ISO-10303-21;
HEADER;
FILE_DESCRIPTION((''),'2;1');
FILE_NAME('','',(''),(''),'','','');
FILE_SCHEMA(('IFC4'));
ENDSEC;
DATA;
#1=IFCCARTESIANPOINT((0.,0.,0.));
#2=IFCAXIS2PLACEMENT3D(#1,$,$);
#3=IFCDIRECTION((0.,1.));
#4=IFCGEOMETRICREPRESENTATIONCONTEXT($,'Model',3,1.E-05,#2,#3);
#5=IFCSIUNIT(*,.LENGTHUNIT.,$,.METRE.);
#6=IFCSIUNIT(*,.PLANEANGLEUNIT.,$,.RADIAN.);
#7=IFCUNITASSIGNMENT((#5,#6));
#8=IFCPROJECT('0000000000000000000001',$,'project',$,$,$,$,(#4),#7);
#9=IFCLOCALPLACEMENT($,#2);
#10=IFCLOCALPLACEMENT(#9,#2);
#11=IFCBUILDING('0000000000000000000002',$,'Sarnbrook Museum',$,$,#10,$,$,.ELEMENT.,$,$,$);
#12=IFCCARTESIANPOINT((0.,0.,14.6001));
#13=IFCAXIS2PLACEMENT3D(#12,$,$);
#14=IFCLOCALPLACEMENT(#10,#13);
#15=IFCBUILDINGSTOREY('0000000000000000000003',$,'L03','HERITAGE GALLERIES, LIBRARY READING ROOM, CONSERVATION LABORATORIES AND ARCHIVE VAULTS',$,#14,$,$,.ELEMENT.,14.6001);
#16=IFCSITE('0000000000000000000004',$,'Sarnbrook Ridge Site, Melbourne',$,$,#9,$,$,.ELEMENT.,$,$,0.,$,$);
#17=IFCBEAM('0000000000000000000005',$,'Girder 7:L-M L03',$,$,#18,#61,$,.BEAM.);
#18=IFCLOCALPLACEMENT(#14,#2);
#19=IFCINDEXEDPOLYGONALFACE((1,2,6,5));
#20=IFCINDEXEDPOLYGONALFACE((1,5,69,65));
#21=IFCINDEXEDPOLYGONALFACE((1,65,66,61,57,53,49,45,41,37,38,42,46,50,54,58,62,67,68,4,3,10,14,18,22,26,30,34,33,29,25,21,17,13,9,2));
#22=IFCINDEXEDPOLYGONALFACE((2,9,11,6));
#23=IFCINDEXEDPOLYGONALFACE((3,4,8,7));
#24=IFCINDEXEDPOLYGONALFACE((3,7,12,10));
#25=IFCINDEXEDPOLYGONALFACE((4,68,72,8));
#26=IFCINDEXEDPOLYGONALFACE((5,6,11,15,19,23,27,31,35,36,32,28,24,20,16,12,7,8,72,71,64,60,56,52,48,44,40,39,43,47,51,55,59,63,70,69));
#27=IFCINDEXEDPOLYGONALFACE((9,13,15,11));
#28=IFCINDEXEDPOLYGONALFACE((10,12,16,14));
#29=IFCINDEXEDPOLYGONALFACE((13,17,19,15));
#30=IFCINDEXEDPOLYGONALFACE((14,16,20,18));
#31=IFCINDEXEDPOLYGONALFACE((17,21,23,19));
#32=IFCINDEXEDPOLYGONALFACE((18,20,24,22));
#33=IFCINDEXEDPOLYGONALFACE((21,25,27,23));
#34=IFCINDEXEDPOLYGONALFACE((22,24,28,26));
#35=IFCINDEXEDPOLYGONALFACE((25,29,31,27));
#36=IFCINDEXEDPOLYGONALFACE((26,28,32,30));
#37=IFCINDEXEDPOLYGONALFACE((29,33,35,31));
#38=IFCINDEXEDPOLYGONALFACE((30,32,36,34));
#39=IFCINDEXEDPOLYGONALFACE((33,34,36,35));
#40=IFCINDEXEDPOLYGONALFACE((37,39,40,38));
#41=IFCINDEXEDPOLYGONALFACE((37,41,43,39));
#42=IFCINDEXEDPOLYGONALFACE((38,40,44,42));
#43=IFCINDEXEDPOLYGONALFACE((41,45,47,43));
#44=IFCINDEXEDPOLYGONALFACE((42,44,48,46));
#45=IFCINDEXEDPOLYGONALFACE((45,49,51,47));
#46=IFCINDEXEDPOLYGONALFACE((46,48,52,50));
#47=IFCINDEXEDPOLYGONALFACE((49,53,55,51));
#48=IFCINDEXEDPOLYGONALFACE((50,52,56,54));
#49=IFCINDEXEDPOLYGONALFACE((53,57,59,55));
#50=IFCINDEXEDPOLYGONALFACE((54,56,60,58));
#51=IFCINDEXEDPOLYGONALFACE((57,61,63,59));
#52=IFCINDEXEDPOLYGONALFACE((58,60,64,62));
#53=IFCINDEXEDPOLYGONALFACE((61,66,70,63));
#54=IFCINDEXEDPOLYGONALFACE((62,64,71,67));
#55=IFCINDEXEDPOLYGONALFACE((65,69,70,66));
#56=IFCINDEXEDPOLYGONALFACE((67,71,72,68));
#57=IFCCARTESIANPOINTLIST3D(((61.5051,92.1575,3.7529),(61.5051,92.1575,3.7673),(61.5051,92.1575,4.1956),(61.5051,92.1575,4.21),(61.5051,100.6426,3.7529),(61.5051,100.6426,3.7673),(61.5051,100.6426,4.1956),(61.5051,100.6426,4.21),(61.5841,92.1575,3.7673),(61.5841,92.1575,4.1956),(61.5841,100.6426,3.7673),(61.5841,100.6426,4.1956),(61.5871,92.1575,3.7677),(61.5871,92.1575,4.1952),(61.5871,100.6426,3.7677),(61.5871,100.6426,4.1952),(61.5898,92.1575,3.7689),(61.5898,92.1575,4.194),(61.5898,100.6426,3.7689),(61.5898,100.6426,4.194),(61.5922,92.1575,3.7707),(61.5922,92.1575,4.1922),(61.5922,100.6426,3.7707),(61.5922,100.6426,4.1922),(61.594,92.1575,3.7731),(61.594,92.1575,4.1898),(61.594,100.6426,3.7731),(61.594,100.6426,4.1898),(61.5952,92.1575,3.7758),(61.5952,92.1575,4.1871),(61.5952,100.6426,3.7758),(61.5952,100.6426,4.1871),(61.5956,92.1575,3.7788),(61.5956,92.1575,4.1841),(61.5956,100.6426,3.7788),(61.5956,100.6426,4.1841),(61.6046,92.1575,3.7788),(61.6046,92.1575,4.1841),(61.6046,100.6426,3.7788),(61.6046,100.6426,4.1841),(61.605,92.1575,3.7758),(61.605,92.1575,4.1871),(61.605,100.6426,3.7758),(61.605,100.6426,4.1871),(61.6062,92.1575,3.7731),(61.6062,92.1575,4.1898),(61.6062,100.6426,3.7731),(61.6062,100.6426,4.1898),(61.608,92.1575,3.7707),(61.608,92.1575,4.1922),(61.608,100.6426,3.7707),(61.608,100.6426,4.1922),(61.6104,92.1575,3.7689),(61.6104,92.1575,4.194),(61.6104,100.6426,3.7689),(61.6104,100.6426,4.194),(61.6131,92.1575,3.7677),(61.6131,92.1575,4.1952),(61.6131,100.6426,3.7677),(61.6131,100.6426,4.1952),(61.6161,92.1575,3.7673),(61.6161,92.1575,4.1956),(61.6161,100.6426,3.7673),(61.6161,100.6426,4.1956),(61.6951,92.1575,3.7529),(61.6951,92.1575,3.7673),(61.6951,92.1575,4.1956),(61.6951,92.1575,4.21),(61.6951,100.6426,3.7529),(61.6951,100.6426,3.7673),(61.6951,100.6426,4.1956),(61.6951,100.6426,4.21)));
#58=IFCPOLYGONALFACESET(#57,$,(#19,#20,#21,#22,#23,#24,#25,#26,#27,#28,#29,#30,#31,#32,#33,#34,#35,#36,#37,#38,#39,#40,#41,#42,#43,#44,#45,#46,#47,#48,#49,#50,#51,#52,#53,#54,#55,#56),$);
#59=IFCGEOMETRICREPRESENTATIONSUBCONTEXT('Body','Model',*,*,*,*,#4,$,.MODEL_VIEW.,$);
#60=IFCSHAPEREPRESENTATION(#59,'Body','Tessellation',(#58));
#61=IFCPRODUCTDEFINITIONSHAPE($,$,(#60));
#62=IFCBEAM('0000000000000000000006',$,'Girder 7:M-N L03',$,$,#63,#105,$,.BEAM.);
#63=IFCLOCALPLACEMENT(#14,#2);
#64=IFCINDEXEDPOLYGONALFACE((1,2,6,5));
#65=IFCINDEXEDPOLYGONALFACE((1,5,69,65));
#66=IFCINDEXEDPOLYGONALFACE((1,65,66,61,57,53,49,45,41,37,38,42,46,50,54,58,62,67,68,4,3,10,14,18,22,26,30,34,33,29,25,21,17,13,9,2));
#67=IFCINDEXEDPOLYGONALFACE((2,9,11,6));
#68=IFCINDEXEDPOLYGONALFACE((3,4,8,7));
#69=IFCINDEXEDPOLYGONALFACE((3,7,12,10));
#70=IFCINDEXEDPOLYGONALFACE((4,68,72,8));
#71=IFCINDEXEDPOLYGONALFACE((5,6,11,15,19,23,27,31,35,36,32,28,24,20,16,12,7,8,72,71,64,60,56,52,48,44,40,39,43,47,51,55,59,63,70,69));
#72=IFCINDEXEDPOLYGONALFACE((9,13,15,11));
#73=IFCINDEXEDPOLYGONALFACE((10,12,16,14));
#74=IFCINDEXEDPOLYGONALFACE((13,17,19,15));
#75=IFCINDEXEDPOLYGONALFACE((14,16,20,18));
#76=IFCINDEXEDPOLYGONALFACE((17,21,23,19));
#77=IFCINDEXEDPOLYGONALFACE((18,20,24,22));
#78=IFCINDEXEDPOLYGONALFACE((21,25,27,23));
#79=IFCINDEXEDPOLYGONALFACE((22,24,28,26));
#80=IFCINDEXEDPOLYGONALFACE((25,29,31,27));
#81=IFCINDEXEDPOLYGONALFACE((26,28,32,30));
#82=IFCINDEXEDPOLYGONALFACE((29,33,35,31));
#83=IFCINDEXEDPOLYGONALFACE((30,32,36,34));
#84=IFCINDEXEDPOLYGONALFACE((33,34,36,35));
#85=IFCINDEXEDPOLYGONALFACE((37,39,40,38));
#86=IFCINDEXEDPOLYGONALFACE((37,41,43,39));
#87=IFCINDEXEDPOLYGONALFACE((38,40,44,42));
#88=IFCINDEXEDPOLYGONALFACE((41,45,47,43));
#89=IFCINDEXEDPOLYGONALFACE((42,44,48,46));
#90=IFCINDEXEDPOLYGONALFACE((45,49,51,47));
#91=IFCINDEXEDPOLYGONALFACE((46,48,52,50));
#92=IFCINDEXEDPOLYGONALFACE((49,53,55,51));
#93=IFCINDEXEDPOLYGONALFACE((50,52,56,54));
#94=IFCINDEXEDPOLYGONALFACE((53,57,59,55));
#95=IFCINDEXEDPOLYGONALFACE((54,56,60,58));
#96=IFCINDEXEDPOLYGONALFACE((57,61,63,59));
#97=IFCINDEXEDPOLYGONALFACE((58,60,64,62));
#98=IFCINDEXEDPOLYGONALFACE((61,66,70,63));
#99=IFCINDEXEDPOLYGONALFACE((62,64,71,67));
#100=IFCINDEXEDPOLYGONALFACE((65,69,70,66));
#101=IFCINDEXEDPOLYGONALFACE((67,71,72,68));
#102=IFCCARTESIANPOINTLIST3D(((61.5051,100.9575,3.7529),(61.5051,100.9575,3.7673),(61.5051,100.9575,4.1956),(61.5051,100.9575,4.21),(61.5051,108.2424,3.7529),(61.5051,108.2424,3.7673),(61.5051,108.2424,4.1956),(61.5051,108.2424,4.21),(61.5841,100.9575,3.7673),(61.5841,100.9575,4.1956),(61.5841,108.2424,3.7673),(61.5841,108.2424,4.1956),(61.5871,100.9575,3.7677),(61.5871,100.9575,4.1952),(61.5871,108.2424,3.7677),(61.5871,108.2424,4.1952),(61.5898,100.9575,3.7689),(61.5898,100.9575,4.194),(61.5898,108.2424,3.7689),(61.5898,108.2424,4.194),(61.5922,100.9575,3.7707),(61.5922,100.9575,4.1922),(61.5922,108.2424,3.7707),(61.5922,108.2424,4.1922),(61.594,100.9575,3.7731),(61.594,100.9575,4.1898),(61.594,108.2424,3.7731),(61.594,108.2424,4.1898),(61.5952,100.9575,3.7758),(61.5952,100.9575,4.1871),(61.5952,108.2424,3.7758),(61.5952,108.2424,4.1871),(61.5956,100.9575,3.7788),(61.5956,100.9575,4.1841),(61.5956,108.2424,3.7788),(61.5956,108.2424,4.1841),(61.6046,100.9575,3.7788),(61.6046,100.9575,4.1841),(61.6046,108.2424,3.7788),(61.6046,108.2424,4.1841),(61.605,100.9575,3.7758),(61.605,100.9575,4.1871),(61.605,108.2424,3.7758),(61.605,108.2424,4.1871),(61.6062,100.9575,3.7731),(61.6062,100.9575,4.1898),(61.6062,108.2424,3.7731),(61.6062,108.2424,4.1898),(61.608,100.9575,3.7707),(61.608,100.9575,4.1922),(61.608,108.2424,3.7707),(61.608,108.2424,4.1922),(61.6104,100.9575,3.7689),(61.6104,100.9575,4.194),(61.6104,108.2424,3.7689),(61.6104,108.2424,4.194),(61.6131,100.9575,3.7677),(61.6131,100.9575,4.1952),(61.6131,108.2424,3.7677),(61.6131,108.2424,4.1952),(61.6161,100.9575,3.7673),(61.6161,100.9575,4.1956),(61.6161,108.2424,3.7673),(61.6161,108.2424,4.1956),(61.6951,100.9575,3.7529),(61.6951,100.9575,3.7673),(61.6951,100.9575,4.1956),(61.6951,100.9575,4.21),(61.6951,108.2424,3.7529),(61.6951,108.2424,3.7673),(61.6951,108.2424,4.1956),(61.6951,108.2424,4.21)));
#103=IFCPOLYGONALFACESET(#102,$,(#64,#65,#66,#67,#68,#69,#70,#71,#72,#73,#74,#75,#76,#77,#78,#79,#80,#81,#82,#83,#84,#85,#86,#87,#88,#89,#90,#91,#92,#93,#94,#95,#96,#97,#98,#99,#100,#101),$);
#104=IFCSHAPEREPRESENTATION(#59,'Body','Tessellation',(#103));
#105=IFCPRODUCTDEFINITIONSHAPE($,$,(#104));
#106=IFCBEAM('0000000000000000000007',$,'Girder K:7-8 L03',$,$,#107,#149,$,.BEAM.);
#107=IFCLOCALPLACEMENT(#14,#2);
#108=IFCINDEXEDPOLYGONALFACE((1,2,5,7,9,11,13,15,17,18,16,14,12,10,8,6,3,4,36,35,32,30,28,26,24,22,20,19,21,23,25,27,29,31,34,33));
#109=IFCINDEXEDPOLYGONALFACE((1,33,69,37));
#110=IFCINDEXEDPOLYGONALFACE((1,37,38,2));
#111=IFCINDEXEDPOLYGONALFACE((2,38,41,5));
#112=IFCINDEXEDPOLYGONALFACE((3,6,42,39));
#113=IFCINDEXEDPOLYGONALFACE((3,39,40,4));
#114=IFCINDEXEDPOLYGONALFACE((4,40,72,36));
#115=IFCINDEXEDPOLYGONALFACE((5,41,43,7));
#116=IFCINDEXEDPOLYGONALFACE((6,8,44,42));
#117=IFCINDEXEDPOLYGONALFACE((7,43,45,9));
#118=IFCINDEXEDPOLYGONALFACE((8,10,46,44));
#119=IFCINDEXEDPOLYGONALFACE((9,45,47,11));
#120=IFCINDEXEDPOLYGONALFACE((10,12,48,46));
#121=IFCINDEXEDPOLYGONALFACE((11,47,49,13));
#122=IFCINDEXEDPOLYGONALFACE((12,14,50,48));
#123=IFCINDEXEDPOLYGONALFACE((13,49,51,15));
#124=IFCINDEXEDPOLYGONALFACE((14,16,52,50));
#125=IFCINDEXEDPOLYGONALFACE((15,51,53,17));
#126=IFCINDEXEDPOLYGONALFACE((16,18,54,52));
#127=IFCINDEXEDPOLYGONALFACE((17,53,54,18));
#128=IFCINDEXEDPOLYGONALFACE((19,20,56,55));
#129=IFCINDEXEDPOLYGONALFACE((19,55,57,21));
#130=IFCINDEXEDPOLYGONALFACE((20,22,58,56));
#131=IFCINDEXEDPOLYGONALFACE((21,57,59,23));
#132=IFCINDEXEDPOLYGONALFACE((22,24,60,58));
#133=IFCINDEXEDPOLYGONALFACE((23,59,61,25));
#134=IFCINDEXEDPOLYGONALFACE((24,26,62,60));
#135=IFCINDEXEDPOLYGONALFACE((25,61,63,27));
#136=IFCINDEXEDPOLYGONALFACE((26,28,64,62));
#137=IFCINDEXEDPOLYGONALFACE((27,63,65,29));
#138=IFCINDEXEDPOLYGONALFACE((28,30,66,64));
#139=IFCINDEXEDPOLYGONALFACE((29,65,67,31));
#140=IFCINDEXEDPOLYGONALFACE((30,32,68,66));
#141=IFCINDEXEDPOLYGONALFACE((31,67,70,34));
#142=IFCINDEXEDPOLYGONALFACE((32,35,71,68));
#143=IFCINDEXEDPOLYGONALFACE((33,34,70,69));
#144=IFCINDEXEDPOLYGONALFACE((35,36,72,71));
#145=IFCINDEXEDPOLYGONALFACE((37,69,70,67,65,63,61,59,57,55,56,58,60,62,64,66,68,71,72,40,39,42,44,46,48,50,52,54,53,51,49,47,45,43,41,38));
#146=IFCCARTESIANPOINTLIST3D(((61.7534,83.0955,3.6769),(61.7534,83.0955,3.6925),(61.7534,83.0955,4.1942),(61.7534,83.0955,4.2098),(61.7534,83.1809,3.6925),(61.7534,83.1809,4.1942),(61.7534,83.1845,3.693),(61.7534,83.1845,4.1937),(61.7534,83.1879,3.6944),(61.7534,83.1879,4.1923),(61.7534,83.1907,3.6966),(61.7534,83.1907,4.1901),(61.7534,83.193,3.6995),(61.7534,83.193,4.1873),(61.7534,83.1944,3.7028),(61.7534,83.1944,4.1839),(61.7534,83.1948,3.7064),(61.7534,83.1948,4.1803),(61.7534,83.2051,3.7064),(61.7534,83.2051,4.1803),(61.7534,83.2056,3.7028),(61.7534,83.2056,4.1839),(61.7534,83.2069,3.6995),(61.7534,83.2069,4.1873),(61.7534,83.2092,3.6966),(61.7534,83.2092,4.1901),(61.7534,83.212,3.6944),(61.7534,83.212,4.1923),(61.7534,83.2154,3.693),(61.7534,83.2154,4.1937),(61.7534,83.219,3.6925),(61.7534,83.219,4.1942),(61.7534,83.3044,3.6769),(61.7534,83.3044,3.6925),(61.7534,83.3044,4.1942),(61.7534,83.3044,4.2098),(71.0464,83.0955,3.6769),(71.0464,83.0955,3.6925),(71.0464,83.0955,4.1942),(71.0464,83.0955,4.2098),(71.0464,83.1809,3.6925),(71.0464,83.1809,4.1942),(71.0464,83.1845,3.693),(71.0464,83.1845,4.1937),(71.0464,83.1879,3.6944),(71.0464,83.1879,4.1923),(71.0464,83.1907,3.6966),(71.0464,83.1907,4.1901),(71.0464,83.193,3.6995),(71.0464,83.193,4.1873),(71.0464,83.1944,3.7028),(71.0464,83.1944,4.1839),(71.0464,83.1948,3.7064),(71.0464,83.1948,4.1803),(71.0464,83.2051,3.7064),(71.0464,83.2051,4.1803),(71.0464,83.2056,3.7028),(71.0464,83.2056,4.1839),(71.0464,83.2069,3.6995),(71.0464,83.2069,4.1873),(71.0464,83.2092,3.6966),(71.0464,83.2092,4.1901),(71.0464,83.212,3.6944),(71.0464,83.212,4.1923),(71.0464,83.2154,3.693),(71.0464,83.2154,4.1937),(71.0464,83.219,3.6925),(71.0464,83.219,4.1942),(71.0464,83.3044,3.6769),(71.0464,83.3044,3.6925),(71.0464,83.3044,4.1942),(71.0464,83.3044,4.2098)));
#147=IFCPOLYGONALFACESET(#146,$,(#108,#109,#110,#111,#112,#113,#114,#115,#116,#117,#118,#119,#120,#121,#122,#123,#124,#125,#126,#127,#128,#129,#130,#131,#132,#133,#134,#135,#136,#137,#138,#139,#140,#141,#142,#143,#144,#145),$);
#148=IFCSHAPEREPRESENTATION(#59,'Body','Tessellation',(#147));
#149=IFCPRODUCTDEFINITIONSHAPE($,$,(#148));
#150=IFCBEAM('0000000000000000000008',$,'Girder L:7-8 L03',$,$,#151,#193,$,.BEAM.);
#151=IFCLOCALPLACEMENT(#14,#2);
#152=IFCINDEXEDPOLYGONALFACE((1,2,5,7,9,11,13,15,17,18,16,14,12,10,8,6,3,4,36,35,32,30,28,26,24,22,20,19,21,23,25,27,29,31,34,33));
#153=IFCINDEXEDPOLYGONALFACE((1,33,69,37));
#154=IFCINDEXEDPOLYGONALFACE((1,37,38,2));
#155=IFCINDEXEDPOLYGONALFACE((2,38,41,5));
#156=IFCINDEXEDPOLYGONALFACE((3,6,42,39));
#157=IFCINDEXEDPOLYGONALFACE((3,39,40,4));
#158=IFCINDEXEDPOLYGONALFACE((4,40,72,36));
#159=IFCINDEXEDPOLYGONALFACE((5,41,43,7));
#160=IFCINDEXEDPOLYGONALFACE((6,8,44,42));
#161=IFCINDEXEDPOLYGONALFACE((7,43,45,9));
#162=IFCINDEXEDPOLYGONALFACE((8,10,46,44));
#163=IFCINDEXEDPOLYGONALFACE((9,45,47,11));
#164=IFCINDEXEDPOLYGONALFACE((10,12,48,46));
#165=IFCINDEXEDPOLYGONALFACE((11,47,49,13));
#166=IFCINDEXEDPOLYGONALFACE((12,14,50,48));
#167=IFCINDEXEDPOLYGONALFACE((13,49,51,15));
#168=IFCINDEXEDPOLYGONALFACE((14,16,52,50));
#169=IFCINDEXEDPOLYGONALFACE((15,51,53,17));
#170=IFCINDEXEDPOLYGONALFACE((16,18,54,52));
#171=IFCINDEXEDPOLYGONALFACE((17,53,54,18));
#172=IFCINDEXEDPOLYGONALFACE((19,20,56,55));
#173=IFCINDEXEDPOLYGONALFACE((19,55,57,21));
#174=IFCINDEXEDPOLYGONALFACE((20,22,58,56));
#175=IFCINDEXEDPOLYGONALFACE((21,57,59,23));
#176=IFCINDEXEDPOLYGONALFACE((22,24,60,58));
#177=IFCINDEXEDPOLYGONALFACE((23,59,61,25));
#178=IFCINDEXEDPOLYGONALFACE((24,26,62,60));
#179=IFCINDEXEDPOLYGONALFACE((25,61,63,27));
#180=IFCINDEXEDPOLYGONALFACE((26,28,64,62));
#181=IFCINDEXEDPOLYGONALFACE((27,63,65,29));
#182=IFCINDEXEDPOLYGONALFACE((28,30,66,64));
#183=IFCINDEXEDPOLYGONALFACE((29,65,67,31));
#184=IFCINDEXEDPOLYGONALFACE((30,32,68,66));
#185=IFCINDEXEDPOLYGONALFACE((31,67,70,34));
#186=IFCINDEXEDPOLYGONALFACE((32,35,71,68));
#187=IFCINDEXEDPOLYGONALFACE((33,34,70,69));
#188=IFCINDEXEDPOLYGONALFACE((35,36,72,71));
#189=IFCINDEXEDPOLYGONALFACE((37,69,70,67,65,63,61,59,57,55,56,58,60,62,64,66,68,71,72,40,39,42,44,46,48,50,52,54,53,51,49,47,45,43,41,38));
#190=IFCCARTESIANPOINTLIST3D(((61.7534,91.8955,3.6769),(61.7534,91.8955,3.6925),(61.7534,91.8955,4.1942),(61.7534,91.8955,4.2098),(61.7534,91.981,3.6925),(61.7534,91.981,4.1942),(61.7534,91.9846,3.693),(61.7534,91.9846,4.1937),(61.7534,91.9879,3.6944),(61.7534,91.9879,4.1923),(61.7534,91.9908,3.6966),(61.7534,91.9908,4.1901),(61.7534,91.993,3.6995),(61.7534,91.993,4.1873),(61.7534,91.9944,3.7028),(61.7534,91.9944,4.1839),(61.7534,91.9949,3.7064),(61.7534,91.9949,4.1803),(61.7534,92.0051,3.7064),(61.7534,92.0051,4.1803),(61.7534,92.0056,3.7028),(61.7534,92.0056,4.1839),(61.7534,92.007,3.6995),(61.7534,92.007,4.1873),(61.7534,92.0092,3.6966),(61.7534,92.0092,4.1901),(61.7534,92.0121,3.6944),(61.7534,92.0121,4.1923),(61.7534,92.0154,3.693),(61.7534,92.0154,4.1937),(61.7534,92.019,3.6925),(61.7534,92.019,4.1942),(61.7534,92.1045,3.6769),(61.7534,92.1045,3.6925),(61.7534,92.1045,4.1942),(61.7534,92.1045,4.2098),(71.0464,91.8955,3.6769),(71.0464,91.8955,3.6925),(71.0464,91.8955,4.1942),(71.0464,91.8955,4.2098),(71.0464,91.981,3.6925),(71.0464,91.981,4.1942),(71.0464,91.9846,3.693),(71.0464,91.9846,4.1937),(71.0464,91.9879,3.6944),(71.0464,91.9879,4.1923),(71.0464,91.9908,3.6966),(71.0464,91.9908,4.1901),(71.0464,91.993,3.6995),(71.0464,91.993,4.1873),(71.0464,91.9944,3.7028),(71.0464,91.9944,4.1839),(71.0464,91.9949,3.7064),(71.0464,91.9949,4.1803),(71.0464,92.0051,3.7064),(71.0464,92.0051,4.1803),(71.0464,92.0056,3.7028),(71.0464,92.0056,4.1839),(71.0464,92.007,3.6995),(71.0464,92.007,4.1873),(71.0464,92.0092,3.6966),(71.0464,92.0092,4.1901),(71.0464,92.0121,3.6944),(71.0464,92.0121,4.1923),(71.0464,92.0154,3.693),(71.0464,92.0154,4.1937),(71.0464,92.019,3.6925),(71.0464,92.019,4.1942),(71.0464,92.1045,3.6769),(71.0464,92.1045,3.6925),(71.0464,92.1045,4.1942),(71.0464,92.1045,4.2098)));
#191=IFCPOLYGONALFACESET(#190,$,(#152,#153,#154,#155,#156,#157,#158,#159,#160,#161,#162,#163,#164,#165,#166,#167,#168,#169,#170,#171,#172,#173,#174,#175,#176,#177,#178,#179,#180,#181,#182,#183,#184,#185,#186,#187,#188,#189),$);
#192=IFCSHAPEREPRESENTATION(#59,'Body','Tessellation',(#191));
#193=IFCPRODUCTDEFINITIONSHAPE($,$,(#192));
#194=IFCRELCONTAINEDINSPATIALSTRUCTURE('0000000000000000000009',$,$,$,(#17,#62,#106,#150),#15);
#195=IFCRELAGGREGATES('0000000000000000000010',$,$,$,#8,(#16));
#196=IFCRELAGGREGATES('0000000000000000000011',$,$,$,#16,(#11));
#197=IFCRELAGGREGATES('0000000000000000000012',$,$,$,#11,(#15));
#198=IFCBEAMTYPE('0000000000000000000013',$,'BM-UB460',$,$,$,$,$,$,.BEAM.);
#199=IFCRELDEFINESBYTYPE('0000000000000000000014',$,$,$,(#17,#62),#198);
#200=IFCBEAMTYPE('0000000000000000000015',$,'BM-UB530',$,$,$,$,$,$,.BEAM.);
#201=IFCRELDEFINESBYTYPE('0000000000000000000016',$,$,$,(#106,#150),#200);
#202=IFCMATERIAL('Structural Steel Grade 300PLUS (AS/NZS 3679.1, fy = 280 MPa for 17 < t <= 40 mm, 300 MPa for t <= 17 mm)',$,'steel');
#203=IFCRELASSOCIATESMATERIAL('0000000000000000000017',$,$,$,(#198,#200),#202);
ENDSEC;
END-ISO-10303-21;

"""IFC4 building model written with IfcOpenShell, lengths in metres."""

from ifc_helpers import new_model, si_unit, direction, frame, origin, origin_2d, place, context, subcontext, project, spatial, i_section, extrude, material, material_profile, profile_set, type_object, element, save


model = new_model("IFC4")

# Units and contexts
model_context = context("Model", 3, precision=1e-05, world=origin(), true_north=direction((0.0, 1.0)))
body_context = subcontext(model_context, "Body", "Model", "MODEL_VIEW")
ifc_project = project(units=[si_unit("LENGTHUNIT", "METRE"), si_unit("PLANEANGLEUNIT", "RADIAN")], contexts=[model_context])

# Site, building, storey
site_placement = place(None, origin())
site = spatial("IfcSite", under=ifc_project, at=site_placement, Name="Sarnbrook Ridge Site, Melbourne", CompositionType="ELEMENT", RefElevation=0.0)
building_placement = place(site_placement, origin())
building = spatial("IfcBuilding", under=site, at=building_placement, Name="Sarnbrook Museum", CompositionType="ELEMENT")
storey_placement = place(building_placement, frame((0.0, 0.0, 14.6001)))
storey = spatial("IfcBuildingStorey", under=building, at=storey_placement, Name="L03", Description="HERITAGE GALLERIES, LIBRARY READING ROOM, CONSERVATION LABORATORIES AND ARCHIVE VAULTS", CompositionType="ELEMENT", Elevation=14.6001)

# Shared definitions
ifc_material_1 = material(Name="Structural Steel Grade 300PLUS (AS/NZS 3679.1, fy = 280 MPa for 17 < t <= 40 mm, 300 MPa for t <= 17 mm)", Category="steel")

# Beams
ifc_material_profile_1 = material_profile(ifc_material_1, i_section(OverallWidth=0.1899, OverallDepth=0.457, WebThickness=0.009, FlangeThickness=0.0144, FilletRadius=0.0115, at=origin_2d()), Name="460UB74.6")
ifc_profile_set_1 = profile_set([ifc_material_profile_1], Name="Structural Steel Grade 300PLUS (AS/NZS 3679.1, fy = 280 MPa for 17 < t <= 40 mm, 300 MPa for t <= 17 mm)")
beam_type_1 = type_object("IfcBeamType", Name="BM-UB460", PredefinedType="BEAM", material=ifc_profile_set_1)
for number, where, z_axis, x_axis, name in (
    (1, (61.6001, 92.1575, 3.9814), (0.0, 1.0, 0.0), (-1.0, 0.0, 0.0), "Girder 7:L-M L03"),
):
    element("IfcBeam", number, at=place(storey_placement, frame(where, z_axis=z_axis, x_axis=x_axis)), inside=storey, type_object=beam_type_1, Name=name, PredefinedType="BEAM", context=body_context, shape_type="SweptSolid", body=[
        extrude(i_section(OverallWidth=0.1899, OverallDepth=0.457, WebThickness=0.009, FlangeThickness=0.0144, FilletRadius=0.0115, at=origin_2d()), origin(), (0.0, 0.0, 1.0), 8.4851),
    ])
beam_1_placement = place(storey_placement, frame((61.6001, 100.9575, 3.9814), z_axis=(0.0, 1.0, 0.0), x_axis=(-1.0, 0.0, 0.0)))
element("IfcBeam", 2, at=beam_1_placement, inside=storey, type_object=beam_type_1, Name="Girder 7:M-N L03", PredefinedType="BEAM", context=body_context, shape_type="SweptSolid", body=[
    extrude(i_section(OverallWidth=0.1899, OverallDepth=0.457, WebThickness=0.009, FlangeThickness=0.0144, FilletRadius=0.0115, at=origin_2d()), origin(), (0.0, 0.0, 1.0), 7.2849),
])
ifc_material_profile_2 = material_profile(ifc_material_1, i_section(OverallWidth=0.209, OverallDepth=0.533, WebThickness=0.0103, FlangeThickness=0.0156, FilletRadius=0.0139, at=origin_2d()), Name="530UB92.4")
ifc_profile_set_2 = profile_set([ifc_material_profile_2], Name="Structural Steel Grade 300PLUS (AS/NZS 3679.1, fy = 280 MPa for 17 < t <= 40 mm, 300 MPa for t <= 17 mm)")
beam_type_2 = type_object("IfcBeamType", Name="BM-UB530", PredefinedType="BEAM", material=ifc_profile_set_2)
for number, where, z_axis, x_axis, name in (
    (3, (61.7534, 83.2, 3.9434), (1.0, 0.0, 0.0), (0.0, 1.0, 0.0), "Girder K:7-8 L03"),
    (4, (61.7534, 92.0, 3.9434), (1.0, 0.0, 0.0), (0.0, 1.0, 0.0), "Girder L:7-8 L03"),
):
    element("IfcBeam", number, at=place(storey_placement, frame(where, z_axis=z_axis, x_axis=x_axis)), inside=storey, type_object=beam_type_2, Name=name, PredefinedType="BEAM", context=body_context, shape_type="SweptSolid", body=[
        extrude(i_section(OverallWidth=0.209, OverallDepth=0.533, WebThickness=0.0103, FlangeThickness=0.0156, FilletRadius=0.0139, at=origin_2d()), origin(), (0.0, 0.0, 1.0), 9.293),
    ])

save(model, "model.ifc")
